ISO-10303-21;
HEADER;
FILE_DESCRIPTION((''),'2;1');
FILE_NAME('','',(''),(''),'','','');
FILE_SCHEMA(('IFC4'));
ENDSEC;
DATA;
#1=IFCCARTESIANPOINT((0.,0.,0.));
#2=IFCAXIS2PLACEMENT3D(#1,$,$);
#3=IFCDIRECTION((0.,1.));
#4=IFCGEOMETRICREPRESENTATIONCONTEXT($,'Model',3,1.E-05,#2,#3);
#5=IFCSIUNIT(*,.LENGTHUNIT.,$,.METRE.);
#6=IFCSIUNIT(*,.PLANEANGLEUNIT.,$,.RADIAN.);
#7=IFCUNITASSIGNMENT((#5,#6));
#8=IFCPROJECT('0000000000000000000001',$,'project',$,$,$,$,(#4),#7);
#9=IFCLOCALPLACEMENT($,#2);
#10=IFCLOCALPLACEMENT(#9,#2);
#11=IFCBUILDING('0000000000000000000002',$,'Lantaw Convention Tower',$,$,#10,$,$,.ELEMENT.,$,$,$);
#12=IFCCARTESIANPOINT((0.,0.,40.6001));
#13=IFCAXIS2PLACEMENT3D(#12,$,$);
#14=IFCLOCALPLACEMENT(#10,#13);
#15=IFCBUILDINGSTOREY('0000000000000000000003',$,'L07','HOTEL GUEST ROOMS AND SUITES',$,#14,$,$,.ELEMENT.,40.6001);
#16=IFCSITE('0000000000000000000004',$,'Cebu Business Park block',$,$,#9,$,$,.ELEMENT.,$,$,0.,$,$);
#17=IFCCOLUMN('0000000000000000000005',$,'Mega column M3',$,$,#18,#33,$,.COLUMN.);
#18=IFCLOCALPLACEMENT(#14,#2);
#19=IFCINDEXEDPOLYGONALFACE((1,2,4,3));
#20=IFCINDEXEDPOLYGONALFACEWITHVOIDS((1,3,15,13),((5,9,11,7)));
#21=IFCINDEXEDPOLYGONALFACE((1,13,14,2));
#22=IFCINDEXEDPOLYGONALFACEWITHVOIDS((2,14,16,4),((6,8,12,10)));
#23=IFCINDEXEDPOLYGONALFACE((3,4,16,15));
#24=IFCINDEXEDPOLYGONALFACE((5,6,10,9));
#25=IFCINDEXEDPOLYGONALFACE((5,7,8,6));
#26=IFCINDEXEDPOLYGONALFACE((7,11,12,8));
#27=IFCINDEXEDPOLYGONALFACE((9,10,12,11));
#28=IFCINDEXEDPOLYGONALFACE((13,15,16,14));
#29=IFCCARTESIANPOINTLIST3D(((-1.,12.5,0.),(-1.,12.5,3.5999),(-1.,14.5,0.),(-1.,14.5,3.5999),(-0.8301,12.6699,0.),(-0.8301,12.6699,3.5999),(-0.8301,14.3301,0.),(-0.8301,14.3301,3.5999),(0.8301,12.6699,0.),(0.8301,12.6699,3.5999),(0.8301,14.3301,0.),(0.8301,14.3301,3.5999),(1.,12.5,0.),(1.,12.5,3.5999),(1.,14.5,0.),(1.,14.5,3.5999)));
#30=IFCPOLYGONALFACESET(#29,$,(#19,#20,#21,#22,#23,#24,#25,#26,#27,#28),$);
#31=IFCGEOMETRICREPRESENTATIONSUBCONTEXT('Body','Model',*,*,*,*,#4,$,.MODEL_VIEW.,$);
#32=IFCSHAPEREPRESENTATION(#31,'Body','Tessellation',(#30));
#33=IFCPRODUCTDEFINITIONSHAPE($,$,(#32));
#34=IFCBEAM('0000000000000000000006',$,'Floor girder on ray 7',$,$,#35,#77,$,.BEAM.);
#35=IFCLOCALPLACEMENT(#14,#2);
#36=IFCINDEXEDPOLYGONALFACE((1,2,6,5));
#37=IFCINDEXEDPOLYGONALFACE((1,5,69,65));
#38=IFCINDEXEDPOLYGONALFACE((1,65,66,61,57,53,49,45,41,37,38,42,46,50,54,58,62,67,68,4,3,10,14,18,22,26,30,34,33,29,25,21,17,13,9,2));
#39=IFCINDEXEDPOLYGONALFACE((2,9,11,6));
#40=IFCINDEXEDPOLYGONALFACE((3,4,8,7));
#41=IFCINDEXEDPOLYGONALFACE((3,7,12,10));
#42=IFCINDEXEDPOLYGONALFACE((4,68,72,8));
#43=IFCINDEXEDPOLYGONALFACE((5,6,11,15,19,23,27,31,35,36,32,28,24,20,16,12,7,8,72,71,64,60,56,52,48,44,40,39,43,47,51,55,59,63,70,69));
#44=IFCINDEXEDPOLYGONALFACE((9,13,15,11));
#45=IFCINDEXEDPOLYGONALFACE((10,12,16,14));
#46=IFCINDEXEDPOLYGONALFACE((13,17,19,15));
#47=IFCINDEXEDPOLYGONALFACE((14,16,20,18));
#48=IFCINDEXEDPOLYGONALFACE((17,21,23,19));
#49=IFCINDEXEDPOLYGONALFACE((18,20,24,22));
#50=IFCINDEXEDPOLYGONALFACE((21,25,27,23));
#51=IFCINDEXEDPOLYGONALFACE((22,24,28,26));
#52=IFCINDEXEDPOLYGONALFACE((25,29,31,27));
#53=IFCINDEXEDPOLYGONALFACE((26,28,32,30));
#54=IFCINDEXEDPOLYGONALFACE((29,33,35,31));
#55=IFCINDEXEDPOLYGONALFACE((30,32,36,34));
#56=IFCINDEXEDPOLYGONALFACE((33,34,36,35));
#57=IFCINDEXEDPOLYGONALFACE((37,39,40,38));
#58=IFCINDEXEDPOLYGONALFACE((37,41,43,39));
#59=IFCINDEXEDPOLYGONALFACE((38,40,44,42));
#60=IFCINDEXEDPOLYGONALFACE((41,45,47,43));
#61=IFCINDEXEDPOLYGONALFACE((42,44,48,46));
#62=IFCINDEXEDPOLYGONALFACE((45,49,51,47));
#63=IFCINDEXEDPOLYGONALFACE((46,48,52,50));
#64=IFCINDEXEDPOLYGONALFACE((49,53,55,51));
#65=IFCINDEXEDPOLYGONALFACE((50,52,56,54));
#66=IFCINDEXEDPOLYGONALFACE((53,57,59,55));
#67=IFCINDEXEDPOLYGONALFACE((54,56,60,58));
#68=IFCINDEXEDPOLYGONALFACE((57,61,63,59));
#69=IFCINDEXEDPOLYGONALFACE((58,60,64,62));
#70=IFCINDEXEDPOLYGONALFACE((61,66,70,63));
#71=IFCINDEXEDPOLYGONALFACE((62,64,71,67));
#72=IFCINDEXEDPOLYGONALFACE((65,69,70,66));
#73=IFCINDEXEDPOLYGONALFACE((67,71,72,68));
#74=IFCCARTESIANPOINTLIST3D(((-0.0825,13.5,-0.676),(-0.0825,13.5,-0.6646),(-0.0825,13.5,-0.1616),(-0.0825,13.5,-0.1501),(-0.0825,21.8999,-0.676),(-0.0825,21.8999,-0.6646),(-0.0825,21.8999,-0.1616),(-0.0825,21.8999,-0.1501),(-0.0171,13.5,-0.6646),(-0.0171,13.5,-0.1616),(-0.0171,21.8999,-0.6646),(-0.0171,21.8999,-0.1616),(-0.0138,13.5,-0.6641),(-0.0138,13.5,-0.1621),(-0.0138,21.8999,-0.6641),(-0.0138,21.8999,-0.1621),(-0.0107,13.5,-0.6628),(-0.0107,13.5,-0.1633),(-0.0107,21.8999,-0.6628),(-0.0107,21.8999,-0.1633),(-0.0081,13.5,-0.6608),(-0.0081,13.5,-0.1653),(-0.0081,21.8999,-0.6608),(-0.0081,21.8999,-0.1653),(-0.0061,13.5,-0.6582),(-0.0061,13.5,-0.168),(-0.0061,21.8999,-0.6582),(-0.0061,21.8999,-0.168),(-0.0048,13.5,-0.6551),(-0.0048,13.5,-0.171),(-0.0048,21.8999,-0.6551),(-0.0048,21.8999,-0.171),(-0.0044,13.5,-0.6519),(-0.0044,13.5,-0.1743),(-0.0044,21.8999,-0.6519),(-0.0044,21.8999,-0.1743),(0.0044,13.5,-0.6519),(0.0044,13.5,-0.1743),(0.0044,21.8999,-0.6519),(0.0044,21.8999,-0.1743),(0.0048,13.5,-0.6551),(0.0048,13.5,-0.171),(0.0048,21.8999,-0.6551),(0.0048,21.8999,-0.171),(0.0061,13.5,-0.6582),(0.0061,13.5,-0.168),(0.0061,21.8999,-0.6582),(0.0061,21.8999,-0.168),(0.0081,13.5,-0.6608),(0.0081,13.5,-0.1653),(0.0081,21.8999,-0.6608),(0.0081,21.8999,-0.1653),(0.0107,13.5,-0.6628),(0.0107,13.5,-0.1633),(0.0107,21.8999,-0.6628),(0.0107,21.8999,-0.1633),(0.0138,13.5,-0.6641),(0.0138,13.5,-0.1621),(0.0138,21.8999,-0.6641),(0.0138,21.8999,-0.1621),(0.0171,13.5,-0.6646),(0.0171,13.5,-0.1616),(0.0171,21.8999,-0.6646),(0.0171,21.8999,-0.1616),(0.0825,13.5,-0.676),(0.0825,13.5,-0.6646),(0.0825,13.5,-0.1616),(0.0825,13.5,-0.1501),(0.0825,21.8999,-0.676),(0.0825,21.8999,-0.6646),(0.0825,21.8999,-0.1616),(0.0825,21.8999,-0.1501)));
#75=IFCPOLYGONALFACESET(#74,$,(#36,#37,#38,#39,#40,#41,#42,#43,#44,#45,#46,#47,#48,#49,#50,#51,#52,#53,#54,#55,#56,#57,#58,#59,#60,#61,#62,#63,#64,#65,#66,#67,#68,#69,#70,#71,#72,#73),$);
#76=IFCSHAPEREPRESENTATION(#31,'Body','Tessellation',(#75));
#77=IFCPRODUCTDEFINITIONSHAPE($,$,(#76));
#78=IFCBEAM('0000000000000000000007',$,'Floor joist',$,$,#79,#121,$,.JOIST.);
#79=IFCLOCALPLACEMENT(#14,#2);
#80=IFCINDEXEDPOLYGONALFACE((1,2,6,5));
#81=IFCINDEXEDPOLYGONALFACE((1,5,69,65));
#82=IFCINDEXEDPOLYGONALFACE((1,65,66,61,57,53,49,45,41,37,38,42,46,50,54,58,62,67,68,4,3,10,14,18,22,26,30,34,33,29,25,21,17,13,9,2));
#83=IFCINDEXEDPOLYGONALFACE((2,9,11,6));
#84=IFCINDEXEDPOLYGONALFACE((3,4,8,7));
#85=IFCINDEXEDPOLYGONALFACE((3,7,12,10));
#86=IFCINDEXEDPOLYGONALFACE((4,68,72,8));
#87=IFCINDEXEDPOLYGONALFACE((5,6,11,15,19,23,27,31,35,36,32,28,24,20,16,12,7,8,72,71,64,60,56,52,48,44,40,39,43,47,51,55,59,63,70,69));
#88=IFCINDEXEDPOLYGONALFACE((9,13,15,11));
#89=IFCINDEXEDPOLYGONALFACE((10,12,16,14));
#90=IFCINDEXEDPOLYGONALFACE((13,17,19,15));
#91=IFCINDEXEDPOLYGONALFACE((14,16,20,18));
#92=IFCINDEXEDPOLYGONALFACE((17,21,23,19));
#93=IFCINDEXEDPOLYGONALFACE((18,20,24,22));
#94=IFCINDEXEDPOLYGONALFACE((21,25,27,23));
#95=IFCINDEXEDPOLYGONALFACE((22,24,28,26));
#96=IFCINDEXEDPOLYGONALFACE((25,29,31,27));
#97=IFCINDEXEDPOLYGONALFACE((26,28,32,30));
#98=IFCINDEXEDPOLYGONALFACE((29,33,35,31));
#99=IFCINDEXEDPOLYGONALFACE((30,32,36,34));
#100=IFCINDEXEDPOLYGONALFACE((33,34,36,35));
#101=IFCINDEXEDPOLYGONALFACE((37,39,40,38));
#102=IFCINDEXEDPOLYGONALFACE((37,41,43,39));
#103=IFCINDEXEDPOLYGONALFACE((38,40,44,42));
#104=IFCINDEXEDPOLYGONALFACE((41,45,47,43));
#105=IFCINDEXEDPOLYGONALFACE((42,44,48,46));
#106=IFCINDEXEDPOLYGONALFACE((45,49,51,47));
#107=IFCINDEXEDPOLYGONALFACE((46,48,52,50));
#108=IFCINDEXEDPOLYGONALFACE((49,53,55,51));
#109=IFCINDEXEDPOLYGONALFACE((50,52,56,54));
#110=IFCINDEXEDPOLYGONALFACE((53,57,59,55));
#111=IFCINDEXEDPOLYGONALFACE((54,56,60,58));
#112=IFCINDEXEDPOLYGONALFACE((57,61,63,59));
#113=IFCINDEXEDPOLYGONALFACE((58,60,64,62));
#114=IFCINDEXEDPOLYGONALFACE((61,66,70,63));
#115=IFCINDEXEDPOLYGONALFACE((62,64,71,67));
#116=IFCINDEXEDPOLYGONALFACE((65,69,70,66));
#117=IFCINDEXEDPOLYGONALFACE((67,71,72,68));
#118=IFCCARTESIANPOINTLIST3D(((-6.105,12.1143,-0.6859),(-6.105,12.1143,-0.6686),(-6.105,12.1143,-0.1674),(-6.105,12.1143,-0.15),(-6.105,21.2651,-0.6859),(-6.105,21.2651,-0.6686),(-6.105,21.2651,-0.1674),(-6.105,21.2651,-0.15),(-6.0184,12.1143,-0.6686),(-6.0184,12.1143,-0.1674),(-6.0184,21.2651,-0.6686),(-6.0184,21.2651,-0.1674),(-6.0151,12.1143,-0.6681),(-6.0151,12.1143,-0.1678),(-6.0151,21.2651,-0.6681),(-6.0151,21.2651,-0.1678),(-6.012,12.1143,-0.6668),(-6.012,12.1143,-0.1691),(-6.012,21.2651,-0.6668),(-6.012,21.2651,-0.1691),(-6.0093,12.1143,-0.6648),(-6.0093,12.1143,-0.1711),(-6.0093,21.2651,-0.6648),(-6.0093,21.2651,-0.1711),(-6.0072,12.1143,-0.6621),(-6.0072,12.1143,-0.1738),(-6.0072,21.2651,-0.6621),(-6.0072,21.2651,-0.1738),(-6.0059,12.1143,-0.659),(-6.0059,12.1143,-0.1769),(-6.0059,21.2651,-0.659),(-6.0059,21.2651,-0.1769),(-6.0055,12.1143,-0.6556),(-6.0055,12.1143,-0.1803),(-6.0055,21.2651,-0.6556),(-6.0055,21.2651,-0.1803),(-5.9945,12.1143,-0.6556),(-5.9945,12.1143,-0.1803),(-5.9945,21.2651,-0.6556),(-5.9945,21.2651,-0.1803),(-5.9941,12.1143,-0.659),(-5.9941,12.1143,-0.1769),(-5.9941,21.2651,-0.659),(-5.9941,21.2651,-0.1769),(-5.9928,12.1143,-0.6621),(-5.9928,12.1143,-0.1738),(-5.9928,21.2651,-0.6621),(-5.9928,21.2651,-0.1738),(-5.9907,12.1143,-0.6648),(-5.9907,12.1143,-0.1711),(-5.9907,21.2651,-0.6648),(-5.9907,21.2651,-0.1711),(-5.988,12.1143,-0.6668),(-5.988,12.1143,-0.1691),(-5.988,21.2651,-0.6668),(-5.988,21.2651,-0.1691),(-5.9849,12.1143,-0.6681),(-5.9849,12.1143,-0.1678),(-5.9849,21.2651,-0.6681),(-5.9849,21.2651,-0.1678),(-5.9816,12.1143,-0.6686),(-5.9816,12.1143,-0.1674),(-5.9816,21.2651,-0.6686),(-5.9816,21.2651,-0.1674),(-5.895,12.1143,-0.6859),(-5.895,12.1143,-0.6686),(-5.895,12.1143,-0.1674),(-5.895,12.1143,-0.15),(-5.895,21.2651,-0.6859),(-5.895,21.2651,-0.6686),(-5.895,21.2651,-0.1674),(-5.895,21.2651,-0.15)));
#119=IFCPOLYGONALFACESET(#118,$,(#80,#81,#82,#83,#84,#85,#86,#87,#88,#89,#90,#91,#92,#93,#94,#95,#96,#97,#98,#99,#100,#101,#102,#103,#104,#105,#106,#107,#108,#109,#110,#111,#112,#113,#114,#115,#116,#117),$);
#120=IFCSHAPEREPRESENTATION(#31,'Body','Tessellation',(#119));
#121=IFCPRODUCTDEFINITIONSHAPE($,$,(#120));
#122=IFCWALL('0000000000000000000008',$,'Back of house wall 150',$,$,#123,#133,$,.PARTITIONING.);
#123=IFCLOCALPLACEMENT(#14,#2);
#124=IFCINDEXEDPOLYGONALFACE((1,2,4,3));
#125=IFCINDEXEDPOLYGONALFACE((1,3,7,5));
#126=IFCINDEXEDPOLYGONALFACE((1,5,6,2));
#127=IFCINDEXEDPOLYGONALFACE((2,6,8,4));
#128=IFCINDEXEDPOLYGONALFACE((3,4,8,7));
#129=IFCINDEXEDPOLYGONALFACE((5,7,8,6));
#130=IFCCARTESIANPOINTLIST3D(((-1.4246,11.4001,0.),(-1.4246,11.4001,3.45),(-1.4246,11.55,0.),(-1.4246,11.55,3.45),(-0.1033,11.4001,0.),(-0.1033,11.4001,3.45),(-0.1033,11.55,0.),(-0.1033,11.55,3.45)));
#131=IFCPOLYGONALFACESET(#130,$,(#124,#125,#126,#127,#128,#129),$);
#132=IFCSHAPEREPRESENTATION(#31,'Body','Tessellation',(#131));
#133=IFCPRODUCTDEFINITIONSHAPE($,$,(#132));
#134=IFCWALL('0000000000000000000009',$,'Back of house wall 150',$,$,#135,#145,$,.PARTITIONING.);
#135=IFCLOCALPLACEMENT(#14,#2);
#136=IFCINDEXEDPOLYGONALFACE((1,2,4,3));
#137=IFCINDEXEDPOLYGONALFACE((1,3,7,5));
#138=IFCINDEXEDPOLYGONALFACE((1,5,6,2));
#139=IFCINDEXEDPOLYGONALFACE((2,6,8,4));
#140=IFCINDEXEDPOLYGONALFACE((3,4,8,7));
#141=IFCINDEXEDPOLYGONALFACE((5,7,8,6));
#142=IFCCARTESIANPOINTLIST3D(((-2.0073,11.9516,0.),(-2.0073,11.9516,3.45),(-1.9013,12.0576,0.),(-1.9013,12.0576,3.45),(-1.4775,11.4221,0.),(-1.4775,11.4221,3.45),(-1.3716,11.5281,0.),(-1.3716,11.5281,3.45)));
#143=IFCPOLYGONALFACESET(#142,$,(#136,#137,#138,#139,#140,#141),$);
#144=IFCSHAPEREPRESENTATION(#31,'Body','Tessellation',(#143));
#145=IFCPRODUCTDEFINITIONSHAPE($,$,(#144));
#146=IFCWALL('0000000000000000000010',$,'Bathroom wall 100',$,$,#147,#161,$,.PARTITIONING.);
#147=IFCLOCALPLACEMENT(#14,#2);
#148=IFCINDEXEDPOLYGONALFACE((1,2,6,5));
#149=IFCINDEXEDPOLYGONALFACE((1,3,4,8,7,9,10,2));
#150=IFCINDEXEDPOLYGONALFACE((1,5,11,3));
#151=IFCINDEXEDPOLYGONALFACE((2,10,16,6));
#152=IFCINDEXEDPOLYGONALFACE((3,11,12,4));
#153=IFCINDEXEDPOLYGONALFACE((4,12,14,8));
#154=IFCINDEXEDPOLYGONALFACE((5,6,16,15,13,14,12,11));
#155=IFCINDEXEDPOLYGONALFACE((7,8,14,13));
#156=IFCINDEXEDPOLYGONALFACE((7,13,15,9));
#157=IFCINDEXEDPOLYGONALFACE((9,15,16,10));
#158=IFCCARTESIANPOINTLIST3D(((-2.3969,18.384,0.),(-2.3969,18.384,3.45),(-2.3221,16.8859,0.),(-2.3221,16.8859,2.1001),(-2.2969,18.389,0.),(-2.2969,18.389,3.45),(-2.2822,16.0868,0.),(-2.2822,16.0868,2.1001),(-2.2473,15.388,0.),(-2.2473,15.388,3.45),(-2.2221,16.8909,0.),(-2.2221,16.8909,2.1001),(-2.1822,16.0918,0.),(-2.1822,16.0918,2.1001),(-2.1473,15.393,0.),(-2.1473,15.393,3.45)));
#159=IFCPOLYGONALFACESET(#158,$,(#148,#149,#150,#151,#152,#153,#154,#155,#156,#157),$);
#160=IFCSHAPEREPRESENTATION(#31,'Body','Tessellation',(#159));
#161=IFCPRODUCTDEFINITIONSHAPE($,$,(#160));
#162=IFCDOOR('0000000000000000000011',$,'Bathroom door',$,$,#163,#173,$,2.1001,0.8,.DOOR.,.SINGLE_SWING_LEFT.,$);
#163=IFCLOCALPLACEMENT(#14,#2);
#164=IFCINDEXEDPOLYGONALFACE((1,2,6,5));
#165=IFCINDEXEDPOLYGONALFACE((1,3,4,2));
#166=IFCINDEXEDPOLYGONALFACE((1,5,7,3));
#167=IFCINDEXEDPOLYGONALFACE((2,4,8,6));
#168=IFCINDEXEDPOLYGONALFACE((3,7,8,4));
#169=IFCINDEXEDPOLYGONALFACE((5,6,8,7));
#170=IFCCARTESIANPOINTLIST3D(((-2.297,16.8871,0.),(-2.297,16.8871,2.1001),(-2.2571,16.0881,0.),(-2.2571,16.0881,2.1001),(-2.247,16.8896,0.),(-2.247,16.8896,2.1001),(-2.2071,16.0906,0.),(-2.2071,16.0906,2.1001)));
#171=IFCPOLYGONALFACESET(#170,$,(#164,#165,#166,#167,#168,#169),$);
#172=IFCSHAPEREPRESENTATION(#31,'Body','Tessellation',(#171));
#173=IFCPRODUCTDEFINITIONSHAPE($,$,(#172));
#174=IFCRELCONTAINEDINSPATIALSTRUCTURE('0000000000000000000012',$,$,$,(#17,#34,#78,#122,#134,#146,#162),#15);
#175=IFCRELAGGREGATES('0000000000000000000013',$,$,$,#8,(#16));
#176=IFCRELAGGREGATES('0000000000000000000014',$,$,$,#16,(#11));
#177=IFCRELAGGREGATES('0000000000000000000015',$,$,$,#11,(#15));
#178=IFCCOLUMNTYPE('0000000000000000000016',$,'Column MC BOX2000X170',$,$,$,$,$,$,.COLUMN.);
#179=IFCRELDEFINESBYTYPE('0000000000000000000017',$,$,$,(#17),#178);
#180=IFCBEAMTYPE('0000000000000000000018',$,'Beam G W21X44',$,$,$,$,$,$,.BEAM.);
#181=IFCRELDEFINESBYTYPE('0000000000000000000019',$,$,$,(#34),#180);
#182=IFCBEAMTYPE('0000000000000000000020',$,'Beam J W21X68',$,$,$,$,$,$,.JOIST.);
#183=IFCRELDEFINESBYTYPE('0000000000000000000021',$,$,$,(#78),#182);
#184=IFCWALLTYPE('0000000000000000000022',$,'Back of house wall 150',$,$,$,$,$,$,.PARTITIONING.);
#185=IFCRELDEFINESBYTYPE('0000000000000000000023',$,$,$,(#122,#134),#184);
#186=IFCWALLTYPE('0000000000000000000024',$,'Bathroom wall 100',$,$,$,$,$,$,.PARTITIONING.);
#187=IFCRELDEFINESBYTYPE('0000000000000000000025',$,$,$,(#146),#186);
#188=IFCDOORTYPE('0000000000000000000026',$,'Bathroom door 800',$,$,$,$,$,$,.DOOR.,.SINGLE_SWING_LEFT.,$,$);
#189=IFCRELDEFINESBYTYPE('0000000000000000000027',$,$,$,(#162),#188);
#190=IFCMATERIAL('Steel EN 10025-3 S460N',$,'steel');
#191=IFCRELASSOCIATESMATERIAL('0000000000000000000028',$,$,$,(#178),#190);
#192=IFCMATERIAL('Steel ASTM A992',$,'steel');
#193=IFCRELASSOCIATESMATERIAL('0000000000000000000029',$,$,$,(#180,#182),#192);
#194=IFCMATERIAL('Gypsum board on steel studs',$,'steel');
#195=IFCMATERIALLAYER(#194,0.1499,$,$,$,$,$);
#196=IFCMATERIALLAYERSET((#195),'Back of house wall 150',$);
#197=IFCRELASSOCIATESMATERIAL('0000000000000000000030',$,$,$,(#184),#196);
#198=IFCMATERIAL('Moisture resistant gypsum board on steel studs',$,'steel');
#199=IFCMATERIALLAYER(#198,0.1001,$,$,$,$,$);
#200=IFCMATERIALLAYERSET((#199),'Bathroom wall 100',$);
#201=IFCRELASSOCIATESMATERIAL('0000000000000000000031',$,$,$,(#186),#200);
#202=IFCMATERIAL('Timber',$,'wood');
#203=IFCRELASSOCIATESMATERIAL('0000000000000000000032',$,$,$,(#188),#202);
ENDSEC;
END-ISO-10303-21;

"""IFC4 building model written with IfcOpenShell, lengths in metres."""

from ifc_helpers import new_model, si_unit, direction, frame, frame_2d, origin, origin_2d, place, context, subcontext, project, spatial, rectangle, hollow_rectangle, i_section, extrude, material, layer, layer_set, material_profile, profile_set, type_object, element, fill, save


model = new_model("IFC4")

# Units and contexts
model_context = context("Model", 3, precision=1e-05, world=origin(), true_north=direction((0.0, 1.0)))
body_context = subcontext(model_context, "Body", "Model", "MODEL_VIEW")
ifc_project = project(units=[si_unit("LENGTHUNIT", "METRE"), si_unit("PLANEANGLEUNIT", "RADIAN")], contexts=[model_context])

# Site, building, storey
site_placement = place(None, origin())
site = spatial("IfcSite", under=ifc_project, at=site_placement, Name="Cebu Business Park block", CompositionType="ELEMENT", RefElevation=0.0)
building_placement = place(site_placement, origin())
building = spatial("IfcBuilding", under=site, at=building_placement, Name="Lantaw Convention Tower", CompositionType="ELEMENT")
storey_placement = place(building_placement, frame((0.0, 0.0, 40.6001)))
storey = spatial("IfcBuildingStorey", under=building, at=storey_placement, Name="L07", Description="HOTEL GUEST ROOMS AND SUITES", CompositionType="ELEMENT", Elevation=40.6001)

# Column
ifc_material_1 = material(Name="Steel EN 10025-3 S460N", Category="steel")
ifc_material_profile_1 = material_profile(ifc_material_1, hollow_rectangle(XDim=2.0, YDim=2.0, WallThickness=0.1699, at=origin_2d()), Name="BOX2000X170")
ifc_material_2 = material(Name="Concrete C60/75", Category="concrete")
ifc_material_profile_2 = material_profile(ifc_material_2, rectangle(XDim=1.6599, YDim=1.6599, at=origin_2d()), Name="Concrete fill of BOX2000X170")
ifc_profile_set_1 = profile_set([ifc_material_profile_1, ifc_material_profile_2], Name="Steel EN 10025-3 S460N")
column_type = type_object("IfcColumnType", Name="Column MC BOX2000X170", PredefinedType="COLUMN", material=ifc_profile_set_1)
column_placement = place(storey_placement, frame((0.0, 13.5, 0.0), z_axis=(0.0, 0.0, 1.0), x_axis=(1.0, 0.0, 0.0)))
element("IfcColumn", 1, at=column_placement, inside=storey, type_object=column_type, Name="Mega column M3", PredefinedType="COLUMN", context=body_context, shape_type="SweptSolid", body=[
    extrude(hollow_rectangle(XDim=2.0, YDim=2.0, WallThickness=0.1699, at=origin_2d()), origin(), (0.0, 0.0, 1.0), 3.5999),
])

# Beams
ifc_material_3 = material(Name="Steel ASTM A992", Category="steel")
ifc_material_profile_3 = material_profile(ifc_material_3, i_section(OverallWidth=0.165, OverallDepth=0.5259, WebThickness=0.0088, FlangeThickness=0.0115, FilletRadius=0.0127, at=origin_2d()), Name="W21X44")
ifc_profile_set_2 = profile_set([ifc_material_profile_3], Name="Steel ASTM A992")
beam_type_1 = type_object("IfcBeamType", Name="Beam G W21X44", PredefinedType="BEAM", material=ifc_profile_set_2)
beam_1_placement = place(storey_placement, frame((0.0, 13.5, -0.4131), z_axis=(0.0, 1.0, 0.0), x_axis=(-1.0, 0.0, 0.0)))
element("IfcBeam", 2, at=beam_1_placement, inside=storey, type_object=beam_type_1, Name="Floor girder on ray 7", PredefinedType="BEAM", context=body_context, shape_type="SweptSolid", body=[
    extrude(i_section(OverallWidth=0.165, OverallDepth=0.5259, WebThickness=0.0088, FlangeThickness=0.0115, FilletRadius=0.0127, at=origin_2d()), origin(), (0.0, 0.0, 1.0), 8.3999),
])
ifc_material_profile_4 = material_profile(ifc_material_3, i_section(OverallWidth=0.21, OverallDepth=0.5359, WebThickness=0.011, FlangeThickness=0.0173, FilletRadius=0.0129, at=origin_2d()), Name="W21X68")
ifc_profile_set_3 = profile_set([ifc_material_profile_4], Name="Steel ASTM A992")
beam_type_2 = type_object("IfcBeamType", Name="Beam J W21X68", PredefinedType="JOIST", material=ifc_profile_set_3)
beam_2_placement = place(storey_placement, frame((-6.0, 12.1143, -0.418), z_axis=(0.0, 1.0, 0.0), x_axis=(-1.0, 0.0, 0.0)))
element("IfcBeam", 3, at=beam_2_placement, inside=storey, type_object=beam_type_2, Name="Floor joist", PredefinedType="JOIST", context=body_context, shape_type="SweptSolid", body=[
    extrude(i_section(OverallWidth=0.21, OverallDepth=0.5359, WebThickness=0.011, FlangeThickness=0.0173, FilletRadius=0.0129, at=origin_2d()), origin(), (0.0, 0.0, 1.0), 9.1509),
])

# Walls
ifc_material_4 = material(Name="Gypsum board on steel studs", Category="steel")
ifc_layer_1 = layer(ifc_material_4, 0.1499)
ifc_layer_set_1 = layer_set([ifc_layer_1], Name="Back of house wall 150")
wall_type_1 = type_object("IfcWallType", Name="Back of house wall 150", PredefinedType="PARTITIONING", material=ifc_layer_set_1)
wall_1_placement = place(storey_placement, frame((-0.1033, 11.4751, 0.0), z_axis=(0.0, 0.0, 1.0), x_axis=(-1.0, 0.0, 0.0)))
element("IfcWall", 4, at=wall_1_placement, inside=storey, type_object=wall_type_1, Name="Back of house wall 150", PredefinedType="PARTITIONING", context=body_context, shape_type="SweptSolid", body=[
    extrude(rectangle(XDim=1.3213, YDim=0.1499, at=frame_2d((0.6606, 0.0))), origin(), (0.0, 0.0, 1.0), 3.45),
])
wall_2_placement = place(storey_placement, frame((-1.4246, 11.4751, 0.0), z_axis=(0.0, 0.0, 1.0), x_axis=(-0.70727, 0.706944, 0.0)))
element("IfcWall", 5, at=wall_2_placement, inside=storey, type_object=wall_type_1, Name="Back of house wall 150", PredefinedType="PARTITIONING", context=body_context, shape_type="SweptSolid", body=[
    extrude(rectangle(XDim=0.749, YDim=0.1499, at=frame_2d((0.3745, 0.0))), origin(), (0.0, 0.0, 1.0), 3.45),
])

# Wall, opening, door
ifc_material_5 = material(Name="Moisture resistant gypsum board on steel studs", Category="steel")
ifc_layer_2 = layer(ifc_material_5, 0.1001)
ifc_layer_set_2 = layer_set([ifc_layer_2], Name="Bathroom wall 100")
wall_type_2 = type_object("IfcWallType", Name="Bathroom wall 100", PredefinedType="PARTITIONING", material=ifc_layer_set_2)
wall_3_placement = place(storey_placement, frame((-2.1973, 15.3904, 0.0), z_axis=(0.0, 0.0, 1.0), x_axis=(-0.049889, 0.998755, 0.0)))
wall_3 = element("IfcWall", 6, at=wall_3_placement, inside=storey, type_object=wall_type_2, Name="Bathroom wall 100", PredefinedType="PARTITIONING", context=body_context, shape_type="SweptSolid", body=[
    extrude(rectangle(XDim=2.9998, YDim=0.1001, at=frame_2d((1.5, 0.0))), origin(), (0.0, 0.0, 1.0), 3.45),
])
opening_1_placement = place(wall_3_placement, frame((0.7, 0.0, 0.0)))
opening_1 = element("IfcOpeningElement", 7, at=opening_1_placement, cuts=wall_3, PredefinedType="OPENING", context=body_context, shape_type="SweptSolid", body=[
    extrude(rectangle(XDim=0.8, YDim=2.1001, at=frame_2d((0.3999, 1.05))), frame((0.0, 0.0601, 0.0), z_axis=(0.0, -1.0, 0.0), x_axis=(1.0, 0.0, 0.0)), (0.0, 0.0, 1.0), 0.1201),
])
ifc_material_6 = material(Name="Timber", Category="wood")
door_type_1 = type_object("IfcDoorType", Name="Bathroom door 800", OperationType="SINGLE_SWING_LEFT", PredefinedType="DOOR", material=ifc_material_6)
door_1_placement = place(opening_1_placement, origin())
door_1 = element("IfcDoor", 8, at=door_1_placement, inside=storey, type_object=door_type_1, Name="Bathroom door", OperationType="SINGLE_SWING_LEFT", OverallHeight=2.1001, OverallWidth=0.8, PredefinedType="DOOR", context=body_context, shape_type="SweptSolid", body=[
    extrude(rectangle(XDim=0.8, YDim=2.1001, at=frame_2d((0.3999, 1.05))), frame((0.0, 0.0249, 0.0), z_axis=(0.0, -1.0, 0.0), x_axis=(1.0, 0.0, 0.0)), (0.0, 0.0, 1.0), 0.05),
])
fill(opening_1, door_1)

save(model, "model.ifc")
